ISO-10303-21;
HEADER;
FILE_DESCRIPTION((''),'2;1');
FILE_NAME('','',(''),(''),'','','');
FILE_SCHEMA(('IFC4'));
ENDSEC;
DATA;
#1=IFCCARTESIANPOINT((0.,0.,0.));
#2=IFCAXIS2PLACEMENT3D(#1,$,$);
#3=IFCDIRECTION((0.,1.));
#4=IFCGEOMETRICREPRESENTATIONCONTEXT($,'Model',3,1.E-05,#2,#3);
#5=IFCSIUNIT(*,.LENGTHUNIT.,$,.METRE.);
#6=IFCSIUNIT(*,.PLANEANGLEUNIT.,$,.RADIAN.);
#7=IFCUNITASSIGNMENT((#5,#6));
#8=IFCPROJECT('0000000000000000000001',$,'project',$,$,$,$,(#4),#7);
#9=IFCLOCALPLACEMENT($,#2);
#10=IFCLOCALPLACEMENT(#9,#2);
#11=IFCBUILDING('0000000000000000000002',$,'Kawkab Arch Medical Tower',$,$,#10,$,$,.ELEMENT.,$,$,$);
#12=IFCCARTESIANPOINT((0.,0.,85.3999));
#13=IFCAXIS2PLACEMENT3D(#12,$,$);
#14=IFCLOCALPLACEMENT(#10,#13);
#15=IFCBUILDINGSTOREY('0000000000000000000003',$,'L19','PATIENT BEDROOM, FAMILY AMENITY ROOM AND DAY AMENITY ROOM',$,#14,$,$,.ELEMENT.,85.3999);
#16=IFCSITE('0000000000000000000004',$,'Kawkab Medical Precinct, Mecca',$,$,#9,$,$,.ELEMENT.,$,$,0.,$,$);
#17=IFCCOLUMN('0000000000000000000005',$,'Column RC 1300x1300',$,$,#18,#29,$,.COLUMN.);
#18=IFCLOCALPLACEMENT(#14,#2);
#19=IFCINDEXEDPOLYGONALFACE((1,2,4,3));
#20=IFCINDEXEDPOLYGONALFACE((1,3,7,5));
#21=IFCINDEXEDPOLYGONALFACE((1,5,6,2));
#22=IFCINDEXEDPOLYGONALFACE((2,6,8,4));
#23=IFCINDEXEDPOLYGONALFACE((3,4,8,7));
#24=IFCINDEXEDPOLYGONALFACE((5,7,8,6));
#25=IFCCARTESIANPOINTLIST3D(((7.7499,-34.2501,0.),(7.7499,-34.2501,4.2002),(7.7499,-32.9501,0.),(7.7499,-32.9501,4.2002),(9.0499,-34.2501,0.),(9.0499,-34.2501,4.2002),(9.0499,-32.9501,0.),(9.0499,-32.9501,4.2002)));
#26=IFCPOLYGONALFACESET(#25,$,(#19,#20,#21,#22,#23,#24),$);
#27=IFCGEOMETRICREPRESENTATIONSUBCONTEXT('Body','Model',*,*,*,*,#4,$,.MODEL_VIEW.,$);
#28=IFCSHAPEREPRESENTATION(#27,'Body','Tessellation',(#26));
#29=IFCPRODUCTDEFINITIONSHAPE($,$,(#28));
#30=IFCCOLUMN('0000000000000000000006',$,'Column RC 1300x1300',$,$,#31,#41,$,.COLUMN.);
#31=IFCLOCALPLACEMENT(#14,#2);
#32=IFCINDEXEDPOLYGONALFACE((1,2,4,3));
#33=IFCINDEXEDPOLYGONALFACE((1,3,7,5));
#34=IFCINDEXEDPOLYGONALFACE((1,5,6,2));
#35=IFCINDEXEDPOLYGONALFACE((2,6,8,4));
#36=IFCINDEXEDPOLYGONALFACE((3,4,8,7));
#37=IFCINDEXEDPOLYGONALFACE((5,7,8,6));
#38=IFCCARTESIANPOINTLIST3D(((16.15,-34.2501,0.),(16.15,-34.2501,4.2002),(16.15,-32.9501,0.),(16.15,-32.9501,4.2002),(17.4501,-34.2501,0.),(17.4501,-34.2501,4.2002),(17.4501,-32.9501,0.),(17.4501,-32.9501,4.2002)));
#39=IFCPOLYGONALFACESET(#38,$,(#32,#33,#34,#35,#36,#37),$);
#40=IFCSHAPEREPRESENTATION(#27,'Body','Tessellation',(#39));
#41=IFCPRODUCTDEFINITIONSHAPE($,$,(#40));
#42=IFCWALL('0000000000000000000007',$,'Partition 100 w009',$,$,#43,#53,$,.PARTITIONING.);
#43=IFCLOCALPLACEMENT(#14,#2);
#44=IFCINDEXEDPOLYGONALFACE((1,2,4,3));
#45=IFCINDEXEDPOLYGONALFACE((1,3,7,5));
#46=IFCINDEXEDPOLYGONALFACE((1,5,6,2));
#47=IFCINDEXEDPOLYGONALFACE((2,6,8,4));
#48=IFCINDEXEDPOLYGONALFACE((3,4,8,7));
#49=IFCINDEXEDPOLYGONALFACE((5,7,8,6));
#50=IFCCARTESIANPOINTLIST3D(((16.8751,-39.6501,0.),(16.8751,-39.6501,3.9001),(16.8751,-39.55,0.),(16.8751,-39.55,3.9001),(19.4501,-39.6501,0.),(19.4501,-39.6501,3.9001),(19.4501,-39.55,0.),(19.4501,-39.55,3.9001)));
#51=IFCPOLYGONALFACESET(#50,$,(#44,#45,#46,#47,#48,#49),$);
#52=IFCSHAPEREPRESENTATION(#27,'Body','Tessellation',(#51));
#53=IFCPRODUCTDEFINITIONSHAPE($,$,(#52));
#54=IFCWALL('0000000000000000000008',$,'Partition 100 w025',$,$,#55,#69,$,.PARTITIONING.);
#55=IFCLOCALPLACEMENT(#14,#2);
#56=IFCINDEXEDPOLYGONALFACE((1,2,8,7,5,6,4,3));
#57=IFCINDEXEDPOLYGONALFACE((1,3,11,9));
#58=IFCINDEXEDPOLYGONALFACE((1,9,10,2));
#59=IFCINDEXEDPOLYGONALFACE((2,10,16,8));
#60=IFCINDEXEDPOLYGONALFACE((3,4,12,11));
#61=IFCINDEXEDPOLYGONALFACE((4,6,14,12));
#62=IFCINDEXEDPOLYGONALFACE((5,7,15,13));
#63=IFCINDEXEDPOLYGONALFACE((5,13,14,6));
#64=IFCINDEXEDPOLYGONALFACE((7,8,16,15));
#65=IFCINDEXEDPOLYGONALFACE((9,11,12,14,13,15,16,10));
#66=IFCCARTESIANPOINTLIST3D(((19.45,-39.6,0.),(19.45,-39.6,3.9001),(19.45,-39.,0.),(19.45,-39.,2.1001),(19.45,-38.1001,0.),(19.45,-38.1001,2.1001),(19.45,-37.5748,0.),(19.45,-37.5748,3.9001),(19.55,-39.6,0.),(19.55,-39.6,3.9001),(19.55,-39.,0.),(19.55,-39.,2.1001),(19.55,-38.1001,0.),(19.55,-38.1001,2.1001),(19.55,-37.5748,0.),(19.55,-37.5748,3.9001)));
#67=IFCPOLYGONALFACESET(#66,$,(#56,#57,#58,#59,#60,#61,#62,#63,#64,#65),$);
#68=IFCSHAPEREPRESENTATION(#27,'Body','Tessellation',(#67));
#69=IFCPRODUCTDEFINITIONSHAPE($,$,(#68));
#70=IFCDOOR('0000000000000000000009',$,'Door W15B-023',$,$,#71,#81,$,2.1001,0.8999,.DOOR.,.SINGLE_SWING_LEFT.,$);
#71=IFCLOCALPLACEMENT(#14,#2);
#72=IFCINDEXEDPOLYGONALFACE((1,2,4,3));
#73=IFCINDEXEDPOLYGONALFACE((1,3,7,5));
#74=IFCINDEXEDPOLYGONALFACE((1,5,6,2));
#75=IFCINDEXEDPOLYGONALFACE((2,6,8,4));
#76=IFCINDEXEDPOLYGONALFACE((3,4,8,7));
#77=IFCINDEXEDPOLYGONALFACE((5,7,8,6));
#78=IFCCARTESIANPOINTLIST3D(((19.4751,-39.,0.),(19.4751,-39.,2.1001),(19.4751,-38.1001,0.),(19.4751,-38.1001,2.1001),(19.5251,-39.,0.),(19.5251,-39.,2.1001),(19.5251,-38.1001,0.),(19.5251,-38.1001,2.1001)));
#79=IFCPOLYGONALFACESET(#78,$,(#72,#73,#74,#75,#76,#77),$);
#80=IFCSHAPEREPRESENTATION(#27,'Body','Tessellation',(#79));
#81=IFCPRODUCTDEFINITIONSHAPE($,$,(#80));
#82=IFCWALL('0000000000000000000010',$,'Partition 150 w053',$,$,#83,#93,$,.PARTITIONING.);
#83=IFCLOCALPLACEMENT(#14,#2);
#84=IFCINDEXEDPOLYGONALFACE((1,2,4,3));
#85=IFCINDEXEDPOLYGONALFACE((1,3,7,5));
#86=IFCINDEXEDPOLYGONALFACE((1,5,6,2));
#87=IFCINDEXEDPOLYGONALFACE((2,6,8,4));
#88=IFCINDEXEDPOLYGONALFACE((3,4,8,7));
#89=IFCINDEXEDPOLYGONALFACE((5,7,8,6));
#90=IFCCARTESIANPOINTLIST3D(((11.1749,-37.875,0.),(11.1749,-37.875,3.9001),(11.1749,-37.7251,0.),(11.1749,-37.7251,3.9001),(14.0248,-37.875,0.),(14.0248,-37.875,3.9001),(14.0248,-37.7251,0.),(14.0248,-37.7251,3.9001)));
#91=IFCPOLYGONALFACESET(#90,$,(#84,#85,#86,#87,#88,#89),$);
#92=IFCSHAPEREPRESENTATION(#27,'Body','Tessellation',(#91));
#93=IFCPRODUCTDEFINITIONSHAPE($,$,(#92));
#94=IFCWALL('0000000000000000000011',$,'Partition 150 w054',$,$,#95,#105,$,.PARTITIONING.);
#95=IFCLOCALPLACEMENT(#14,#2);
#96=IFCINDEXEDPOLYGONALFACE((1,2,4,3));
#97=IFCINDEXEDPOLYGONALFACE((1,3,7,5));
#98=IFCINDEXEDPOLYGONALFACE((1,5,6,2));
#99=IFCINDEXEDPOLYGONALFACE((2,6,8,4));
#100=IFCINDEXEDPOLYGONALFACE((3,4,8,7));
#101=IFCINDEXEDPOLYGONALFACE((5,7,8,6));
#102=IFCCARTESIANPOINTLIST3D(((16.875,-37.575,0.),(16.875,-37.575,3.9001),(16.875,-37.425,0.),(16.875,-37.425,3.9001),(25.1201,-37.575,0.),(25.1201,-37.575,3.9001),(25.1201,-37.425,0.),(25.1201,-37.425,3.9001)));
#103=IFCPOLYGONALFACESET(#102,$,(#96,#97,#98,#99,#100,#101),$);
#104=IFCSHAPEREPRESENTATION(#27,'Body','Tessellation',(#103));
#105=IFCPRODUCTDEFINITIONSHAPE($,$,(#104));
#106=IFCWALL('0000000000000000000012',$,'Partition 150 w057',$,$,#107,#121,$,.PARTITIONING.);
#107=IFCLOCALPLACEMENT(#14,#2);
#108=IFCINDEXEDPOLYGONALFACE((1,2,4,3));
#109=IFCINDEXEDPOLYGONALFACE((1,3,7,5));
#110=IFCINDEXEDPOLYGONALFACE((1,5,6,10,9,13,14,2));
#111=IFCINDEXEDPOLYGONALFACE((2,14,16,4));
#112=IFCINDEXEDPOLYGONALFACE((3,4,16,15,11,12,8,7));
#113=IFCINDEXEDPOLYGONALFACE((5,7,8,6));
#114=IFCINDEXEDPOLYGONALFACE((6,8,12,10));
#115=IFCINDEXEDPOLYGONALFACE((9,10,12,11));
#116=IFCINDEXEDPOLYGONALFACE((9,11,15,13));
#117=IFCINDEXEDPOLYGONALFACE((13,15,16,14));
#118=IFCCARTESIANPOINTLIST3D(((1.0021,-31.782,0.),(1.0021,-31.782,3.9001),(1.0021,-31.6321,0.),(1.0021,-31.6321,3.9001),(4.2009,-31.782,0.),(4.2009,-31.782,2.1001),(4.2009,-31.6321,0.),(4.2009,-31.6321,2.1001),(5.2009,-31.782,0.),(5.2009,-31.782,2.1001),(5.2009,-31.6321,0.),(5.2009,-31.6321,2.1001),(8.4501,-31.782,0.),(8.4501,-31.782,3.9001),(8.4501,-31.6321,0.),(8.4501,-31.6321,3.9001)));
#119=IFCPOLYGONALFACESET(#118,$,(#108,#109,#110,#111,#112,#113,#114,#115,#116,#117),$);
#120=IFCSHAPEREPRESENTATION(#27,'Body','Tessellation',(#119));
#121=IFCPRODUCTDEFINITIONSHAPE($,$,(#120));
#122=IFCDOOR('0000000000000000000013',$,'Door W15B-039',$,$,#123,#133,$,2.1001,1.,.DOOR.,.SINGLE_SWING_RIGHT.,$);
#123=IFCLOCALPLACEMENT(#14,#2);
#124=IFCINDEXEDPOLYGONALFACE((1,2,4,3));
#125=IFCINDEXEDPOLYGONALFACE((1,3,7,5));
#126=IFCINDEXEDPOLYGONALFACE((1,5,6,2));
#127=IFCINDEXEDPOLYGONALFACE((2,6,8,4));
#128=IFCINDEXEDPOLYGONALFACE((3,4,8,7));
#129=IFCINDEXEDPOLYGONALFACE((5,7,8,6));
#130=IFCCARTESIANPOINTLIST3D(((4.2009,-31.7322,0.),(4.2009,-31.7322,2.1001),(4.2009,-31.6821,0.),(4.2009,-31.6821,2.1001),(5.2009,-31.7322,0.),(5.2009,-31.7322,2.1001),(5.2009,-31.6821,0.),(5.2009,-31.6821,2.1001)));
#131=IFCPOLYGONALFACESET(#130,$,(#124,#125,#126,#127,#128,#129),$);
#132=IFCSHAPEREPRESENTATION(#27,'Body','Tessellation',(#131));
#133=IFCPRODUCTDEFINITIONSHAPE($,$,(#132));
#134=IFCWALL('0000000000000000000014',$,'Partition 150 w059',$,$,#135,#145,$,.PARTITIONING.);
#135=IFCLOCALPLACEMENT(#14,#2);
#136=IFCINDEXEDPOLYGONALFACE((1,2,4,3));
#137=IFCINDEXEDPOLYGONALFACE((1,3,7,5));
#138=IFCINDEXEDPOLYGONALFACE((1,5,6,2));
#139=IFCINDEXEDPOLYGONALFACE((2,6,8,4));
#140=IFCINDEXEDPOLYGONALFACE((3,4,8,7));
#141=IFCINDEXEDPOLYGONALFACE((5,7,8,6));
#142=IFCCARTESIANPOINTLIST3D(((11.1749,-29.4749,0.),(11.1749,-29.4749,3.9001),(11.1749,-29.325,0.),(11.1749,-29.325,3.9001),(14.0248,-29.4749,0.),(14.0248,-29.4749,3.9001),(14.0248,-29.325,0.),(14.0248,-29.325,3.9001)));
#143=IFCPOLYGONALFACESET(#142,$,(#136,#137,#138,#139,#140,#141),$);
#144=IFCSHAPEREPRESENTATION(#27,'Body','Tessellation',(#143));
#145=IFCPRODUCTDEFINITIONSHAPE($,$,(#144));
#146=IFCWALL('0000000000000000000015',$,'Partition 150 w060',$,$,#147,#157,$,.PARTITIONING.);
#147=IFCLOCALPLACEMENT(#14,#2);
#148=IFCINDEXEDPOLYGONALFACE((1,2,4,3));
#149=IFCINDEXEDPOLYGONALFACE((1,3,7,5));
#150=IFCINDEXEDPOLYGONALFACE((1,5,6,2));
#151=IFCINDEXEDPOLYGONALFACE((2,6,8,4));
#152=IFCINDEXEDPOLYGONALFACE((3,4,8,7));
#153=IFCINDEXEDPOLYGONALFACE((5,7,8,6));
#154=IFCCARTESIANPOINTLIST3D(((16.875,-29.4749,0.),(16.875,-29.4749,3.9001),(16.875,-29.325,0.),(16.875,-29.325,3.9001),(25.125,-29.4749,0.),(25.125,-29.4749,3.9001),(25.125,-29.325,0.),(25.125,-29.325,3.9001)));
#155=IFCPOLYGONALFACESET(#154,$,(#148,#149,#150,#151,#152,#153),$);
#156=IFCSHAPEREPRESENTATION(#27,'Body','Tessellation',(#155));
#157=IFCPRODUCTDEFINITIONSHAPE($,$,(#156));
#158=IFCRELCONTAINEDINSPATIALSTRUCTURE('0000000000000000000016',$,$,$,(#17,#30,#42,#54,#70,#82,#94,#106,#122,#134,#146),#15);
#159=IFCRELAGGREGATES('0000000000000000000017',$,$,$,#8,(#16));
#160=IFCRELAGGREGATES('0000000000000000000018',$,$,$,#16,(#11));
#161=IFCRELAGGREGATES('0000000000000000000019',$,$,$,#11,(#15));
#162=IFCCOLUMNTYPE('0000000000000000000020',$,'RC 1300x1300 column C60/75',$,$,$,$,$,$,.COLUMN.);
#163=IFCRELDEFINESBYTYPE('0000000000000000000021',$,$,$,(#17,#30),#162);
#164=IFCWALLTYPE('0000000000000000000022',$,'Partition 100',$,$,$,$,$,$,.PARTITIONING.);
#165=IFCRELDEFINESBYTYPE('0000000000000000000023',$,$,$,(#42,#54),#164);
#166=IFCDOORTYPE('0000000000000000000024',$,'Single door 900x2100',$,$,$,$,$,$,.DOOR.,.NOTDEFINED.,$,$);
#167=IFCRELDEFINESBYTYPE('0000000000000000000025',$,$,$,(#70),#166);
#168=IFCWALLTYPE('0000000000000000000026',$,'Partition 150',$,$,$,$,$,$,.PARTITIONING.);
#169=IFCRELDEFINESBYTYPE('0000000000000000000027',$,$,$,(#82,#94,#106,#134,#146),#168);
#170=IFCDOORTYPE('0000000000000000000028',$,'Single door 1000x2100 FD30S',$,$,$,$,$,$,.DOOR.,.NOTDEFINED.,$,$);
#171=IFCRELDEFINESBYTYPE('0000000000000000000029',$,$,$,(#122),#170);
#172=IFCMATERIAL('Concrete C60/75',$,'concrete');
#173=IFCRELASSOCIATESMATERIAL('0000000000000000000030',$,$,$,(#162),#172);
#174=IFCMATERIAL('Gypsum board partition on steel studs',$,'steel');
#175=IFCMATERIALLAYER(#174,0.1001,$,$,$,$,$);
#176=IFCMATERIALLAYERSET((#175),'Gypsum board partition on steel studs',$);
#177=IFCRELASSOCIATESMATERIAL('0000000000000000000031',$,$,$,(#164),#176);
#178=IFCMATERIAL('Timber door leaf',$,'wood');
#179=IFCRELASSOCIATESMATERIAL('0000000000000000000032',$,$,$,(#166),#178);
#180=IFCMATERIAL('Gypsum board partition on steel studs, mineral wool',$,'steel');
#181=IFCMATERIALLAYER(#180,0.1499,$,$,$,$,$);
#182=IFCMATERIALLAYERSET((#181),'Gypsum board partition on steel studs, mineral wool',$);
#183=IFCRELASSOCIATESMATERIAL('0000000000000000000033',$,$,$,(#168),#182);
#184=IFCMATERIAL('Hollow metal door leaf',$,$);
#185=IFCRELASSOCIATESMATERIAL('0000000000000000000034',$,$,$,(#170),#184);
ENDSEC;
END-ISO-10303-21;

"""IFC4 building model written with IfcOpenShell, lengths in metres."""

from ifc_helpers import new_model, si_unit, direction, frame, frame_2d, origin, origin_2d, place, context, subcontext, project, spatial, rectangle, extrude, material, layer, layer_set, material_profile, profile_set, type_object, element, fill, save


model = new_model("IFC4")

# Units and contexts
model_context = context("Model", 3, precision=1e-05, world=origin(), true_north=direction((0.0, 1.0)))
body_context = subcontext(model_context, "Body", "Model", "MODEL_VIEW")
ifc_project = project(units=[si_unit("LENGTHUNIT", "METRE"), si_unit("PLANEANGLEUNIT", "RADIAN")], contexts=[model_context])

# Site, building, storey
site_placement = place(None, origin())
site = spatial("IfcSite", under=ifc_project, at=site_placement, Name="Kawkab Medical Precinct, Mecca", CompositionType="ELEMENT", RefElevation=0.0)
building_placement = place(site_placement, origin())
building = spatial("IfcBuilding", under=site, at=building_placement, Name="Kawkab Arch Medical Tower", CompositionType="ELEMENT")
storey_placement = place(building_placement, frame((0.0, 0.0, 85.3999)))
storey = spatial("IfcBuildingStorey", under=building, at=storey_placement, Name="L19", Description="PATIENT BEDROOM, FAMILY AMENITY ROOM AND DAY AMENITY ROOM", CompositionType="ELEMENT", Elevation=85.3999)

# Columns
ifc_material_1 = material(Name="Concrete C60/75", Category="concrete")
ifc_material_profile = material_profile(ifc_material_1, rectangle(XDim=1.3, YDim=1.3, at=origin_2d()), Name="RC 1300x1300")
ifc_profile_set = profile_set([ifc_material_profile], Name="Concrete C60/75")
column_type = type_object("IfcColumnType", Name="RC 1300x1300 column C60/75", PredefinedType="COLUMN", material=ifc_profile_set)
for number, where, z_axis, x_axis, name in (
    (1, (8.3999, -33.6001, 0.0), (0.0, 0.0, 1.0), (1.0, 0.0, 0.0), "Column RC 1300x1300"),
    (2, (16.8, -33.6001, 0.0), (0.0, 0.0, 1.0), (1.0, 0.0, 0.0), "Column RC 1300x1300"),
):
    element("IfcColumn", number, at=place(storey_placement, frame(where, z_axis=z_axis, x_axis=x_axis)), inside=storey, type_object=column_type, Name=name, PredefinedType="COLUMN", context=body_context, shape_type="SweptSolid", body=[
        extrude(rectangle(XDim=1.3, YDim=1.3, at=origin_2d()), origin(), (0.0, 0.0, 1.0), 4.2002),
    ])

# Wall
ifc_material_2 = material(Name="Gypsum board partition on steel studs", Category="steel")
ifc_layer_1 = layer(ifc_material_2, 0.1001)
ifc_layer_set_1 = layer_set([ifc_layer_1], Name="Gypsum board partition on steel studs")
wall_type_1 = type_object("IfcWallType", Name="Partition 100", PredefinedType="PARTITIONING", material=ifc_layer_set_1)
wall_1_placement = place(storey_placement, frame((16.875, -39.6001, 0.0), z_axis=(0.0, 0.0, 1.0), x_axis=(1.0, 0.0, 0.0)))
element("IfcWall", 3, at=wall_1_placement, inside=storey, type_object=wall_type_1, Name="Partition 100 w009", PredefinedType="PARTITIONING", context=body_context, shape_type="SweptSolid", body=[
    extrude(rectangle(XDim=2.575, YDim=0.1001, at=frame_2d((1.2876, 0.0))), origin(), (0.0, 0.0, 1.0), 3.9001),
])

# Wall, opening, door
wall_2_placement = place(storey_placement, frame((19.5, -39.6001, 0.0), z_axis=(0.0, 0.0, 1.0), x_axis=(0.0, 1.0, 0.0)))
wall_2 = element("IfcWall", 4, at=wall_2_placement, inside=storey, type_object=wall_type_1, Name="Partition 100 w025", PredefinedType="PARTITIONING", context=body_context, shape_type="SweptSolid", body=[
    extrude(rectangle(XDim=2.0251, YDim=0.1001, at=frame_2d((1.0127, 0.0))), origin(), (0.0, 0.0, 1.0), 3.9001),
])
opening_1_placement = place(wall_2_placement, frame((0.6001, 0.0, 0.0)))
opening_1 = element("IfcOpeningElement", 5, at=opening_1_placement, cuts=wall_2, PredefinedType="OPENING", context=body_context, shape_type="SweptSolid", body=[
    extrude(rectangle(XDim=0.8999, YDim=2.1001, at=frame_2d((0.45, 1.05))), frame((0.0, 0.0601, 0.0), z_axis=(0.0, -1.0, 0.0), x_axis=(1.0, 0.0, 0.0)), (0.0, 0.0, 1.0), 0.1201),
])
ifc_material_3 = material(Name="Timber door leaf", Category="wood")
door_type_1 = type_object("IfcDoorType", Name="Single door 900x2100", OperationType="NOTDEFINED", PredefinedType="DOOR", material=ifc_material_3)
door_1_placement = place(opening_1_placement, origin())
door_1 = element("IfcDoor", 6, at=door_1_placement, inside=storey, type_object=door_type_1, Name="Door W15B-023", OperationType="SINGLE_SWING_LEFT", OverallHeight=2.1001, OverallWidth=0.8999, PredefinedType="DOOR", context=body_context, shape_type="SweptSolid", body=[
    extrude(rectangle(XDim=0.8999, YDim=2.1001, at=frame_2d((0.45, 1.05))), frame((0.0, 0.0249, 0.0), z_axis=(0.0, -1.0, 0.0), x_axis=(1.0, 0.0, 0.0)), (0.0, 0.0, 1.0), 0.05),
])
fill(opening_1, door_1)

# Walls
ifc_material_4 = material(Name="Gypsum board partition on steel studs, mineral wool", Category="steel")
ifc_layer_2 = layer(ifc_material_4, 0.1499)
ifc_layer_set_2 = layer_set([ifc_layer_2], Name="Gypsum board partition on steel studs, mineral wool")
wall_type_2 = type_object("IfcWallType", Name="Partition 150", PredefinedType="PARTITIONING", material=ifc_layer_set_2)
wall_3_placement = place(storey_placement, frame((11.175, -37.8, 0.0), z_axis=(0.0, 0.0, 1.0), x_axis=(1.0, 0.0, 0.0)))
element("IfcWall", 7, at=wall_3_placement, inside=storey, type_object=wall_type_2, Name="Partition 150 w053", PredefinedType="PARTITIONING", context=body_context, shape_type="SweptSolid", body=[
    extrude(rectangle(XDim=2.8499, YDim=0.1499, at=frame_2d((1.4248, 0.0))), origin(), (0.0, 0.0, 1.0), 3.9001),
])
wall_4_placement = place(storey_placement, frame((16.875, -37.5, 0.0), z_axis=(0.0, 0.0, 1.0), x_axis=(1.0, 0.0, 0.0)))
element("IfcWall", 8, at=wall_4_placement, inside=storey, type_object=wall_type_2, Name="Partition 150 w054", PredefinedType="PARTITIONING", context=body_context, shape_type="SweptSolid", body=[
    extrude(rectangle(XDim=8.2451, YDim=0.1499, at=frame_2d((4.1226, 0.0))), origin(), (0.0, 0.0, 1.0), 3.9001),
])

# Wall, opening, door
wall_5_placement = place(storey_placement, frame((1.002, -31.707, 0.0), z_axis=(0.0, 0.0, 1.0), x_axis=(1.0, 0.0, 0.0)))
wall_5 = element("IfcWall", 9, at=wall_5_placement, inside=storey, type_object=wall_type_2, Name="Partition 150 w057", PredefinedType="PARTITIONING", context=body_context, shape_type="SweptSolid", body=[
    extrude(rectangle(XDim=7.448, YDim=0.1499, at=frame_2d((3.7241, 0.0))), origin(), (0.0, 0.0, 1.0), 3.9001),
])
opening_2_placement = place(wall_5_placement, frame((3.199, 0.0, 0.0)))
opening_2 = element("IfcOpeningElement", 10, at=opening_2_placement, cuts=wall_5, PredefinedType="OPENING", context=body_context, shape_type="SweptSolid", body=[
    extrude(rectangle(XDim=1.0, YDim=2.1001, at=frame_2d((0.5, 1.05))), frame((0.0, 0.085, 0.0), z_axis=(0.0, -1.0, 0.0), x_axis=(1.0, 0.0, 0.0)), (0.0, 0.0, 1.0), 0.1699),
])
ifc_material_5 = material(Name="Hollow metal door leaf")
door_type_2 = type_object("IfcDoorType", Name="Single door 1000x2100 FD30S", OperationType="NOTDEFINED", PredefinedType="DOOR", material=ifc_material_5)
door_2_placement = place(opening_2_placement, origin())
door_2 = element("IfcDoor", 11, at=door_2_placement, inside=storey, type_object=door_type_2, Name="Door W15B-039", OperationType="SINGLE_SWING_RIGHT", OverallHeight=2.1001, OverallWidth=1.0, PredefinedType="DOOR", context=body_context, shape_type="SweptSolid", body=[
    extrude(rectangle(XDim=1.0, YDim=2.1001, at=frame_2d((0.5, 1.05))), frame((0.0, 0.0249, 0.0), z_axis=(0.0, -1.0, 0.0), x_axis=(1.0, 0.0, 0.0)), (0.0, 0.0, 1.0), 0.05),
])
fill(opening_2, door_2)

# Walls
wall_6_placement = place(storey_placement, frame((11.175, -29.3999, 0.0), z_axis=(0.0, 0.0, 1.0), x_axis=(1.0, 0.0, 0.0)))
element("IfcWall", 12, at=wall_6_placement, inside=storey, type_object=wall_type_2, Name="Partition 150 w059", PredefinedType="PARTITIONING", context=body_context, shape_type="SweptSolid", body=[
    extrude(rectangle(XDim=2.8499, YDim=0.1499, at=frame_2d((1.4248, 0.0))), origin(), (0.0, 0.0, 1.0), 3.9001),
])
wall_7_placement = place(storey_placement, frame((16.875, -29.3999, 0.0), z_axis=(0.0, 0.0, 1.0), x_axis=(1.0, 0.0, 0.0)))
element("IfcWall", 13, at=wall_7_placement, inside=storey, type_object=wall_type_2, Name="Partition 150 w060", PredefinedType="PARTITIONING", context=body_context, shape_type="SweptSolid", body=[
    extrude(rectangle(XDim=8.25, YDim=0.1499, at=frame_2d((4.125, 0.0))), origin(), (0.0, 0.0, 1.0), 3.9001),
])

save(model, "model.ifc")
